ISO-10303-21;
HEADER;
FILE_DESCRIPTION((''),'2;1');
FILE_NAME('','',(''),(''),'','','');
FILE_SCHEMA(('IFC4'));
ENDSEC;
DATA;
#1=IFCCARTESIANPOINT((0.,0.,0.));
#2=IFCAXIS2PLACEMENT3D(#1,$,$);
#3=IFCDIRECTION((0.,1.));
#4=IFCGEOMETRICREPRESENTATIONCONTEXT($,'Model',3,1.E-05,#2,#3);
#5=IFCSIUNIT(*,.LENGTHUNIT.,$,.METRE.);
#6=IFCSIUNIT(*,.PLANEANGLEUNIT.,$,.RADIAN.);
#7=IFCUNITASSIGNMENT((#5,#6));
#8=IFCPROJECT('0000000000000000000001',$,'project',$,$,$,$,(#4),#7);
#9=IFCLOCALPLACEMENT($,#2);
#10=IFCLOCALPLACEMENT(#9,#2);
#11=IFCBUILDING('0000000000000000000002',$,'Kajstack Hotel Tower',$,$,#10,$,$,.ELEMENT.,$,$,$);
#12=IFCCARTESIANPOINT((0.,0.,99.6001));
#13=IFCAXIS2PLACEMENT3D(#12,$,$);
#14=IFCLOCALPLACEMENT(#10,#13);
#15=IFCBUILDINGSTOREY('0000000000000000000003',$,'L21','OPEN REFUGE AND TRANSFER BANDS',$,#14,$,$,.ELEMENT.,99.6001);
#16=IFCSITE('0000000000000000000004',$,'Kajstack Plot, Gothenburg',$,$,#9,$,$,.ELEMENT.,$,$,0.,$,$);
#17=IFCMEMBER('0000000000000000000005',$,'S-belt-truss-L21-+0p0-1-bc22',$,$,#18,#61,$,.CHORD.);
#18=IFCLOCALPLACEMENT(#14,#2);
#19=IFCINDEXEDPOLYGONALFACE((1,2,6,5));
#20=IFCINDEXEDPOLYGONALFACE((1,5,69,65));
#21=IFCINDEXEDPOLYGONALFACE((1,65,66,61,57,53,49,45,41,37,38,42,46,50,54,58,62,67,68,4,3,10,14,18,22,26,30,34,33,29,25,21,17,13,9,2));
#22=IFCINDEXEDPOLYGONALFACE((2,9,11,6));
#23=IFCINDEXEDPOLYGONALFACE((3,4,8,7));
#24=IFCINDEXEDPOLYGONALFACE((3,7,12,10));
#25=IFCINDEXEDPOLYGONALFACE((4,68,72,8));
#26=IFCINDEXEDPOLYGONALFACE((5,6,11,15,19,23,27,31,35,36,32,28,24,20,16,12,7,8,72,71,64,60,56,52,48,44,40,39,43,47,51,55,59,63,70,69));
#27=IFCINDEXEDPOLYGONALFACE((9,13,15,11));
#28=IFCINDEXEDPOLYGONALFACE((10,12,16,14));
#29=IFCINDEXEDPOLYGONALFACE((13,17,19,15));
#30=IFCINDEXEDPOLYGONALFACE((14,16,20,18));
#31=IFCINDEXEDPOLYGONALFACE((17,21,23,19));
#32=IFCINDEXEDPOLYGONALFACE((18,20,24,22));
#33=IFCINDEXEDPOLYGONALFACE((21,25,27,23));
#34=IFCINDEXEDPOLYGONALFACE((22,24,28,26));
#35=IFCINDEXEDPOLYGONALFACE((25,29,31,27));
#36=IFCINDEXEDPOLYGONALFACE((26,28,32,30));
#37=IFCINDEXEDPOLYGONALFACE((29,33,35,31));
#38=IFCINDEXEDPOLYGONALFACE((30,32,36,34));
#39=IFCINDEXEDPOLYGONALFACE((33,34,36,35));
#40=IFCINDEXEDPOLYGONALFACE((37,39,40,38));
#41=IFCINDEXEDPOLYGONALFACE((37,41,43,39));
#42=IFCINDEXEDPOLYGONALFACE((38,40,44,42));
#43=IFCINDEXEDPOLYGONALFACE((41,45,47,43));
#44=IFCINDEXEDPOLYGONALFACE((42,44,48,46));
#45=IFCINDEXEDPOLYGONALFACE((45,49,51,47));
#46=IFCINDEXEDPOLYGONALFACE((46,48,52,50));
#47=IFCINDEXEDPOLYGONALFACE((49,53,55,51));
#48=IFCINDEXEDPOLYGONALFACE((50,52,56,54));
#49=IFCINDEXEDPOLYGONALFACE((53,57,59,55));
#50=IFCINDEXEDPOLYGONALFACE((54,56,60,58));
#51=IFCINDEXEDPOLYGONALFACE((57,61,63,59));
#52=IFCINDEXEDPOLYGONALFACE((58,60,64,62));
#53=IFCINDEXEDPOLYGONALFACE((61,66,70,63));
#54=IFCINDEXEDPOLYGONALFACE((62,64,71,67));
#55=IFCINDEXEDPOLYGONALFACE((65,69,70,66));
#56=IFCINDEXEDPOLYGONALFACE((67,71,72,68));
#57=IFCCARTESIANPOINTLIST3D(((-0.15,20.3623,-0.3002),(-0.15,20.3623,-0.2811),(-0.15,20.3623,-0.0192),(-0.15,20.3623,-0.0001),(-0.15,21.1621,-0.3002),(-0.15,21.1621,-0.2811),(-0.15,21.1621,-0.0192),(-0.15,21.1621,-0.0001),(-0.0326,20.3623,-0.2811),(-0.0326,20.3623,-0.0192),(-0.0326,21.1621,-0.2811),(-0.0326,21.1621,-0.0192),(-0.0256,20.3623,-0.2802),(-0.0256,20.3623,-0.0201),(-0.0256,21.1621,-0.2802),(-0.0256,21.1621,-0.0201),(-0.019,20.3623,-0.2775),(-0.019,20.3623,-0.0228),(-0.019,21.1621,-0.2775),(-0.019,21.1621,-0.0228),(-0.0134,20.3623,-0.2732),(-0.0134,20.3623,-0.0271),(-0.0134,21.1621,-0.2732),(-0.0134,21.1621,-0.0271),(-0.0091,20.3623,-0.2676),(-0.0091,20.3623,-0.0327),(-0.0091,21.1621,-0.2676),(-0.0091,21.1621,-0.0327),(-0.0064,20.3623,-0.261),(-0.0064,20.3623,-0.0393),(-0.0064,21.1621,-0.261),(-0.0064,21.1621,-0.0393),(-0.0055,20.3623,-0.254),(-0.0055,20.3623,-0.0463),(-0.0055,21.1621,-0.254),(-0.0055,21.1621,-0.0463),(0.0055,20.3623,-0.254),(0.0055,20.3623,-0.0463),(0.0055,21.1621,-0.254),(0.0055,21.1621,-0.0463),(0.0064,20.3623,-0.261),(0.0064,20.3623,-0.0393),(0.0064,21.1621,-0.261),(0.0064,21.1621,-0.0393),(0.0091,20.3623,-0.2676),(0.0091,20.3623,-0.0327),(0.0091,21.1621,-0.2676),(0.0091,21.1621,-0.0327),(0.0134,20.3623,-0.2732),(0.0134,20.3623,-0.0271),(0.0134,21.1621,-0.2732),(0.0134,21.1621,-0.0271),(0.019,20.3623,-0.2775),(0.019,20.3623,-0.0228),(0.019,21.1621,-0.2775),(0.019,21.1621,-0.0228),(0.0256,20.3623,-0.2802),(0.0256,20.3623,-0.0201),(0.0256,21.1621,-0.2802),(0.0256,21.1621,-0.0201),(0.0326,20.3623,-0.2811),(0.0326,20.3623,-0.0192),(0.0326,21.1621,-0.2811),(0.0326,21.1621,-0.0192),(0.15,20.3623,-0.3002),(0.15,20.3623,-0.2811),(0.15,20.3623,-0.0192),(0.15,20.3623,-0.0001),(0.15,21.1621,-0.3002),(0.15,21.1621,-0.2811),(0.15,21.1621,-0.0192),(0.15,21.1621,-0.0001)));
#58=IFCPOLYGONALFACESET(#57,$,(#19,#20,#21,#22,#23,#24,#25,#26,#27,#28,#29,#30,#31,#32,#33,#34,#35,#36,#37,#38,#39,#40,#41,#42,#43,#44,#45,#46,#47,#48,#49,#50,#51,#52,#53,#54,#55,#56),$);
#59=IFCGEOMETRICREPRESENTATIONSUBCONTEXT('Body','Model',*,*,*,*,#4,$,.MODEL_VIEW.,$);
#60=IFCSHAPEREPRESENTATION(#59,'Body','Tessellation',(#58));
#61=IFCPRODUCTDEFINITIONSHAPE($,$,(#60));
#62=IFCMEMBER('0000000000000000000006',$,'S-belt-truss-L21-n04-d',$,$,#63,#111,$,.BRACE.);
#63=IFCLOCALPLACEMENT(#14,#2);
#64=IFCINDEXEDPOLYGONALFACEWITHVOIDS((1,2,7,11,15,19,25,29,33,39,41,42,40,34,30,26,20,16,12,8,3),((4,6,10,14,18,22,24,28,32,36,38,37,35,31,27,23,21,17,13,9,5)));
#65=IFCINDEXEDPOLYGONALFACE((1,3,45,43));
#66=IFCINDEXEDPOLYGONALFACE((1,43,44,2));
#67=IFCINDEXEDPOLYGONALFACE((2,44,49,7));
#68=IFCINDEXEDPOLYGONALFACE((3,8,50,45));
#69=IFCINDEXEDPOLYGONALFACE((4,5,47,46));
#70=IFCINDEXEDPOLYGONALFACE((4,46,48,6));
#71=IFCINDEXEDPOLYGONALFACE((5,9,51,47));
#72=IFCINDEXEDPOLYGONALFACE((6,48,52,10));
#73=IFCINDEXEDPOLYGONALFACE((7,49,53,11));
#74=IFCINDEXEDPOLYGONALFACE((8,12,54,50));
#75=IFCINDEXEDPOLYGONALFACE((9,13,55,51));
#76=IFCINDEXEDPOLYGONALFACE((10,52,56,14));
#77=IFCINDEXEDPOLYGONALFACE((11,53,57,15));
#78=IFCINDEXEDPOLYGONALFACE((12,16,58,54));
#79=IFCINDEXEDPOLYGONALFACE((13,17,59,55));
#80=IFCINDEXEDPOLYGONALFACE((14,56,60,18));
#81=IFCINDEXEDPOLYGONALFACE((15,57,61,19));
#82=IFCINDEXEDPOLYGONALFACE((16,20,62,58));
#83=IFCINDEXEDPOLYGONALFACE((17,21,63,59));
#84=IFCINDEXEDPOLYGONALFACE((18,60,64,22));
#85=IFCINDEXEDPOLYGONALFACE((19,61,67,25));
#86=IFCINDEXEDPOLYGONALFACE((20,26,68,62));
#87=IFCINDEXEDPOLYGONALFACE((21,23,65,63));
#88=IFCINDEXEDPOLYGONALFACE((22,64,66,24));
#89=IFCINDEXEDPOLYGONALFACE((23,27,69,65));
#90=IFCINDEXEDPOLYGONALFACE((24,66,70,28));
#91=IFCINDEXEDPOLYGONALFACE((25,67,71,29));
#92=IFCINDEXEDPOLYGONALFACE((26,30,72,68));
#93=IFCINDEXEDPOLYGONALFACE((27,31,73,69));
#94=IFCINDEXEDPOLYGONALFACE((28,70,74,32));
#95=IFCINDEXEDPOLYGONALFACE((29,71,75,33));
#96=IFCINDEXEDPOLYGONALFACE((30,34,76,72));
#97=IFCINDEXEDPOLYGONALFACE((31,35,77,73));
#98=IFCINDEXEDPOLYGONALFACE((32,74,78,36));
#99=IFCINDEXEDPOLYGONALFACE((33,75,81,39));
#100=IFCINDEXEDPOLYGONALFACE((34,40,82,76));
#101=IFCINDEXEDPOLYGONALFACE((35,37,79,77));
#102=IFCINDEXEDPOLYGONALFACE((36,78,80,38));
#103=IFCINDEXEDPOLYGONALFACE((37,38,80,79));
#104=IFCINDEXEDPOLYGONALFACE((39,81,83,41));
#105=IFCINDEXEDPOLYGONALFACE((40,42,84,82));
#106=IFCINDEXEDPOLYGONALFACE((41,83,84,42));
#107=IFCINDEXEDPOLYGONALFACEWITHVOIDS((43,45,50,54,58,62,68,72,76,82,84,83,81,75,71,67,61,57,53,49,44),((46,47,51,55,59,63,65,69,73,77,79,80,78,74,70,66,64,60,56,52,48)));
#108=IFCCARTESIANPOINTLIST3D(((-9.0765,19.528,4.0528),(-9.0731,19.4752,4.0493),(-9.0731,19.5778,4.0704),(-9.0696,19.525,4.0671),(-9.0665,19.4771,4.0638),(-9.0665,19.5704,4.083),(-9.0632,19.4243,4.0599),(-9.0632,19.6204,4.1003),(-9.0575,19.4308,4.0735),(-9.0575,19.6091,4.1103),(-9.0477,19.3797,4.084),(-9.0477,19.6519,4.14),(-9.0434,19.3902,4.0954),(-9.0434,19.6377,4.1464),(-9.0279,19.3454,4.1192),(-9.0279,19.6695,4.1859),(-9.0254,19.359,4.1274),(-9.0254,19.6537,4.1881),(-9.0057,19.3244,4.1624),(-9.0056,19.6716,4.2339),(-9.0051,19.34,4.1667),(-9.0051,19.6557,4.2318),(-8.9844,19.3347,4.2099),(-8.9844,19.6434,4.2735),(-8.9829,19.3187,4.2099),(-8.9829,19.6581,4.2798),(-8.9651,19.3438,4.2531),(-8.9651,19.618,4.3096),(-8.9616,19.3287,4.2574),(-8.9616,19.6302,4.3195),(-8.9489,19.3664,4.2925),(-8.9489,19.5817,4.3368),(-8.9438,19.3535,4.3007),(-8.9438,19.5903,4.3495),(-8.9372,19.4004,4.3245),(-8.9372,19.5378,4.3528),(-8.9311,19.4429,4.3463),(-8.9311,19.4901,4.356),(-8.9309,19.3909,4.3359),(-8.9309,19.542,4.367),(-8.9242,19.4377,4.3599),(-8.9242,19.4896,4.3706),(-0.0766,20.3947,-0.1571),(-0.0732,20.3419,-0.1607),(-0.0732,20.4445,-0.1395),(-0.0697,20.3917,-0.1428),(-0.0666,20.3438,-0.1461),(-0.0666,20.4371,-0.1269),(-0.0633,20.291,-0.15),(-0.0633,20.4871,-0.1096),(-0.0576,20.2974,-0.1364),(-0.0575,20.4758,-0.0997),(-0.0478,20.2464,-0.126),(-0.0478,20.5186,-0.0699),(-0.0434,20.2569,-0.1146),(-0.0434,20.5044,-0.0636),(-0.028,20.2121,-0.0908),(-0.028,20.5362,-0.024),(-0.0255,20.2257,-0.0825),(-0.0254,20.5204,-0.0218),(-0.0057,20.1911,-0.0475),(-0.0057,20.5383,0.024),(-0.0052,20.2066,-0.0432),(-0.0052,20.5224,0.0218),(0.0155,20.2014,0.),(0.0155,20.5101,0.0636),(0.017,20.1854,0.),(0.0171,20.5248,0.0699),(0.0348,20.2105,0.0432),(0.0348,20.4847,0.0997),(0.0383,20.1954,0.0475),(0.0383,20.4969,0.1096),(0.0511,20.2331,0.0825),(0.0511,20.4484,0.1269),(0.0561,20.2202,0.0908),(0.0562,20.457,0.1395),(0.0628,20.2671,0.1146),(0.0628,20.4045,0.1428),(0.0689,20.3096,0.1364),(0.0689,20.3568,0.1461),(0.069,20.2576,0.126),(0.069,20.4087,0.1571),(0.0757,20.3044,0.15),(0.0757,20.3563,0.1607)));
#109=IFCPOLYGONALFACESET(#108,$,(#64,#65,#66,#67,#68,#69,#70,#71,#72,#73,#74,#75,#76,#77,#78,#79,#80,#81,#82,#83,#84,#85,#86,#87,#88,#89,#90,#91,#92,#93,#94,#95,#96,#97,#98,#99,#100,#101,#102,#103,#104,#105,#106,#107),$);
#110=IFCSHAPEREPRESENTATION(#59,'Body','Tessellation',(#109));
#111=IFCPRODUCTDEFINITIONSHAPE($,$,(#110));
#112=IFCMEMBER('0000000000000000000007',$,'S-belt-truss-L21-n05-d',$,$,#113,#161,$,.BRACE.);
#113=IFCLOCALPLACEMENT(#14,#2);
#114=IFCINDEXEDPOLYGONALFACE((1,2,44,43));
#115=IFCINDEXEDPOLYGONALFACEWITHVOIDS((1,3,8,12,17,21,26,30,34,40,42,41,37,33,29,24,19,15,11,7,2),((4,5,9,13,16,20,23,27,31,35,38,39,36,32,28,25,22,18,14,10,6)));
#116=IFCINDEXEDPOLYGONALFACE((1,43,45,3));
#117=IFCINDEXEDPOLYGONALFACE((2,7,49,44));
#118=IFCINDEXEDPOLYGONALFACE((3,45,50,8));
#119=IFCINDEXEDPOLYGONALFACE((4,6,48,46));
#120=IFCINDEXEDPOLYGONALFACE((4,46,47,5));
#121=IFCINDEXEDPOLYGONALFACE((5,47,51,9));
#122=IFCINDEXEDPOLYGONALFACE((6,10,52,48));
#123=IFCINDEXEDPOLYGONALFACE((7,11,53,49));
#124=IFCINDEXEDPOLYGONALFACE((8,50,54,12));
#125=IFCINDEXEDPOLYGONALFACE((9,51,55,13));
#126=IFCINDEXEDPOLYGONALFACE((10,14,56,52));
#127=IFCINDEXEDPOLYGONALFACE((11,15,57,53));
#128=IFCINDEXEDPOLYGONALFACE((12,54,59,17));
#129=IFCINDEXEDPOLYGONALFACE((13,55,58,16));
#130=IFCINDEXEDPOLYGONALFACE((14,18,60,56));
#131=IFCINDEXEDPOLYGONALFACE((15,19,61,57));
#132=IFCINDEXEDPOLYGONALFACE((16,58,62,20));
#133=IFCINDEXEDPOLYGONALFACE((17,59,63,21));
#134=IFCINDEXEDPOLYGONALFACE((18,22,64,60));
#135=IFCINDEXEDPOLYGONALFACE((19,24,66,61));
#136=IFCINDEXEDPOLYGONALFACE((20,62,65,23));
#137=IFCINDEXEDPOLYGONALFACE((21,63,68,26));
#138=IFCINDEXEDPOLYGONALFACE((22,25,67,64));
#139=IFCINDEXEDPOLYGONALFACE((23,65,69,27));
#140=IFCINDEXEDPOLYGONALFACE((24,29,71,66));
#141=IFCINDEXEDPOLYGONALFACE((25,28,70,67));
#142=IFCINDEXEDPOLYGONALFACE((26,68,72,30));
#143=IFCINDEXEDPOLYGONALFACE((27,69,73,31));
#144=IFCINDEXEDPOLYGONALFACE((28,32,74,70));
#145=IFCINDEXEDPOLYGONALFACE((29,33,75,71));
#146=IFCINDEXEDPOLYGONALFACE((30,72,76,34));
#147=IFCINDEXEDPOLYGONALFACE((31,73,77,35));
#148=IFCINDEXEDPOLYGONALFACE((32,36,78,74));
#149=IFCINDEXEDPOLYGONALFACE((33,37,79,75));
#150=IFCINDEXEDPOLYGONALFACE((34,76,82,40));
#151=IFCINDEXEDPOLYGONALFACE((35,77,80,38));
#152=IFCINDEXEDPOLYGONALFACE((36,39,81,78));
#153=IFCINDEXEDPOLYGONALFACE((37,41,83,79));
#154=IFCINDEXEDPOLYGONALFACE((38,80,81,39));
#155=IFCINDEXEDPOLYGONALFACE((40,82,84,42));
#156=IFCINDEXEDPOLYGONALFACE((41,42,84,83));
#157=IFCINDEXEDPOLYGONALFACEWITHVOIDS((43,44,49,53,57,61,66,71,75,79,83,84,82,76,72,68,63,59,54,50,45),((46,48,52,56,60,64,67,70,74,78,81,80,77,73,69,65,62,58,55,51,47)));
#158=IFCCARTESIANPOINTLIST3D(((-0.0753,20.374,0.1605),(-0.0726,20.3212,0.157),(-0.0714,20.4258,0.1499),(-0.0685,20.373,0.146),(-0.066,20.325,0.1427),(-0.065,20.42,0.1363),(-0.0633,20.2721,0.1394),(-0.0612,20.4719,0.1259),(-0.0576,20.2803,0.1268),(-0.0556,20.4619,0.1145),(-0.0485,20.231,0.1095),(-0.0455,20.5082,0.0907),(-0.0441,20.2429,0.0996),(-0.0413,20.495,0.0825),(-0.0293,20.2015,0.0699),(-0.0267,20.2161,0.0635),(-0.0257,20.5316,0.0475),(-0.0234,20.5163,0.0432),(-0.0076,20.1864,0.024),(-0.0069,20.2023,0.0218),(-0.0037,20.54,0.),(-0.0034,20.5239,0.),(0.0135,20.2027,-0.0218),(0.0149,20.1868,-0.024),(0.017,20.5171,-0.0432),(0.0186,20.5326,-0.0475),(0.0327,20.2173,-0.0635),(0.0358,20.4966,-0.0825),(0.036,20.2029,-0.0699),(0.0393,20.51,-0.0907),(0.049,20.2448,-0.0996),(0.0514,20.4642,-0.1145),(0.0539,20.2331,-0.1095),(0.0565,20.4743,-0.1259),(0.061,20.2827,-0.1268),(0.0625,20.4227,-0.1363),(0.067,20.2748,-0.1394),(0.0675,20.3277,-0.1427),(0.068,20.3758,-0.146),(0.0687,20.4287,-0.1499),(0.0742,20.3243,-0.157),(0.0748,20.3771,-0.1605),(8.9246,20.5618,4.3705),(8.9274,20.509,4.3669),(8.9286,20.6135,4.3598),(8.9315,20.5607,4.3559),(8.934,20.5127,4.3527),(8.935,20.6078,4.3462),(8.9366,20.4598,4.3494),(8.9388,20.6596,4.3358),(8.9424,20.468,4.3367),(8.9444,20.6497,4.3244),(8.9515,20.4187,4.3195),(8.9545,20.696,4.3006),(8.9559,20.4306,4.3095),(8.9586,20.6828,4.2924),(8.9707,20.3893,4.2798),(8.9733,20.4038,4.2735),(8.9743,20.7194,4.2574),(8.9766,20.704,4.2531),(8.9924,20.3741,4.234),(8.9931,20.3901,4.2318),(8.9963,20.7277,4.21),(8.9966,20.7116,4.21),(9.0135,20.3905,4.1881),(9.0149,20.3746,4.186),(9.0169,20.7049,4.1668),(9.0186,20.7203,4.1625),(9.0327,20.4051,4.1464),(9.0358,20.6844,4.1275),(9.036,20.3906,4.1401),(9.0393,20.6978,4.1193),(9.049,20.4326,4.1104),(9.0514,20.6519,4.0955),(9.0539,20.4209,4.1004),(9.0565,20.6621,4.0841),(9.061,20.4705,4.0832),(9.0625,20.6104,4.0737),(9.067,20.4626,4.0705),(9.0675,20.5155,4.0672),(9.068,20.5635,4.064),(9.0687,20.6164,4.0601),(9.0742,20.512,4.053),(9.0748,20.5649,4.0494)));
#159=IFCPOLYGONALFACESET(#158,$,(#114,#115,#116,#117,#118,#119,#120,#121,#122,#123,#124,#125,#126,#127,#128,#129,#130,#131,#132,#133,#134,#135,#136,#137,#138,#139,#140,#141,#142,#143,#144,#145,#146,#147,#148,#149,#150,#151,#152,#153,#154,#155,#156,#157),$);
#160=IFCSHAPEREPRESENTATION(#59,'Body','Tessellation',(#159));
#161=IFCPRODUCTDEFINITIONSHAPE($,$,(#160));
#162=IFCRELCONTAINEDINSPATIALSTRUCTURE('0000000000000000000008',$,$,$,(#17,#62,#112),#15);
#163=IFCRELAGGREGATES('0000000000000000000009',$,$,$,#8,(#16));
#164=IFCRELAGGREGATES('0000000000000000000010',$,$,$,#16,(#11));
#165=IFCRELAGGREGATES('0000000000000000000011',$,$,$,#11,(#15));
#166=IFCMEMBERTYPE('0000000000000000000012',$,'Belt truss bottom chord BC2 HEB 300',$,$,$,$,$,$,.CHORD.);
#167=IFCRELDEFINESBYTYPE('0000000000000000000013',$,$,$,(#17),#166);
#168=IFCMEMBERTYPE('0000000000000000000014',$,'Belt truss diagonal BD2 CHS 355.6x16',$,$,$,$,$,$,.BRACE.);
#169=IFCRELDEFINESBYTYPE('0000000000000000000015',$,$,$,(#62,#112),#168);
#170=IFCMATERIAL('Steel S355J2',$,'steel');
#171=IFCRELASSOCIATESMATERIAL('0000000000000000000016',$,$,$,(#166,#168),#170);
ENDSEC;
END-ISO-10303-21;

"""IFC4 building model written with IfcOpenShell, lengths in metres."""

from ifc_helpers import new_model, si_unit, direction, frame, origin, origin_2d, place, context, subcontext, project, spatial, hollow_circle, i_section, extrude, material, material_profile, profile_set, type_object, element, save


model = new_model("IFC4")

# Units and contexts
model_context = context("Model", 3, precision=1e-05, world=origin(), true_north=direction((0.0, 1.0)))
body_context = subcontext(model_context, "Body", "Model", "MODEL_VIEW")
ifc_project = project(units=[si_unit("LENGTHUNIT", "METRE"), si_unit("PLANEANGLEUNIT", "RADIAN")], contexts=[model_context])

# Site, building, storey
site_placement = place(None, origin())
site = spatial("IfcSite", under=ifc_project, at=site_placement, Name="Kajstack Plot, Gothenburg", CompositionType="ELEMENT", RefElevation=0.0)
building_placement = place(site_placement, origin())
building = spatial("IfcBuilding", under=site, at=building_placement, Name="Kajstack Hotel Tower", CompositionType="ELEMENT")
storey_placement = place(building_placement, frame((0.0, 0.0, 99.6001)))
storey = spatial("IfcBuildingStorey", under=building, at=storey_placement, Name="L21", Description="OPEN REFUGE AND TRANSFER BANDS", CompositionType="ELEMENT", Elevation=99.6001)

# Members
ifc_material = material(Name="Steel S355J2", Category="steel")
ifc_material_profile_1 = material_profile(ifc_material, i_section(OverallWidth=0.3, OverallDepth=0.3, WebThickness=0.011, FlangeThickness=0.019, FilletRadius=0.0271, at=origin_2d()), Name="HEB 300")
ifc_profile_set_1 = profile_set([ifc_material_profile_1], Name="Steel S355J2")
member_type_1 = type_object("IfcMemberType", Name="Belt truss bottom chord BC2 HEB 300", PredefinedType="CHORD", material=ifc_profile_set_1)
member_1_placement = place(storey_placement, frame((0.0, 20.3623, -0.1501), z_axis=(0.0, 1.0, 0.0), x_axis=(-1.0, 0.0, 0.0)))
element("IfcMember", 1, at=member_1_placement, inside=storey, type_object=member_type_1, Name="S-belt-truss-L21-+0p0-1-bc22", PredefinedType="CHORD", context=body_context, shape_type="SweptSolid", body=[
    extrude(i_section(OverallWidth=0.3, OverallDepth=0.3, WebThickness=0.011, FlangeThickness=0.019, FilletRadius=0.0271, at=origin_2d()), origin(), (0.0, 0.0, 1.0), 0.7998),
])
ifc_material_profile_2 = material_profile(ifc_material, hollow_circle(Radius=0.1777, WallThickness=0.0161, at=origin_2d()), Name="CHS 355.6x16")
ifc_profile_set_2 = profile_set([ifc_material_profile_2], Name="Steel S355J2")
member_type_2 = type_object("IfcMemberType", Name="Belt truss diagonal BD2 CHS 355.6x16", PredefinedType="BRACE", material=ifc_profile_set_2)
member_2_placement = place(storey_placement, frame((0.0, 20.3623, 0.0), z_axis=(-0.902372, -0.086898, 0.422106), x_axis=(0.095856, -0.995395, 0.0)))
element("IfcMember", 2, at=member_2_placement, inside=storey, type_object=member_type_2, Name="S-belt-truss-L21-n04-d", PredefinedType="BRACE", context=body_context, shape_type="SweptSolid", body=[
    extrude(hollow_circle(Radius=0.1777, WallThickness=0.0161, at=origin_2d()), origin(), (0.0, 0.0, 1.0), 9.9736),
])
member_3_placement = place(storey_placement, frame((0.0, 20.3623, 0.0), z_axis=(0.905637, 0.018892, 0.423633), x_axis=(-0.020856, 0.999782, 0.0)))
element("IfcMember", 3, at=member_3_placement, inside=storey, type_object=member_type_2, Name="S-belt-truss-L21-n05-d", PredefinedType="BRACE", context=body_context, shape_type="SweptSolid", body=[
    extrude(hollow_circle(Radius=0.1777, WallThickness=0.0161, at=origin_2d()), origin(), (0.0, 0.0, 1.0), 9.9377),
])

save(model, "model.ifc")
